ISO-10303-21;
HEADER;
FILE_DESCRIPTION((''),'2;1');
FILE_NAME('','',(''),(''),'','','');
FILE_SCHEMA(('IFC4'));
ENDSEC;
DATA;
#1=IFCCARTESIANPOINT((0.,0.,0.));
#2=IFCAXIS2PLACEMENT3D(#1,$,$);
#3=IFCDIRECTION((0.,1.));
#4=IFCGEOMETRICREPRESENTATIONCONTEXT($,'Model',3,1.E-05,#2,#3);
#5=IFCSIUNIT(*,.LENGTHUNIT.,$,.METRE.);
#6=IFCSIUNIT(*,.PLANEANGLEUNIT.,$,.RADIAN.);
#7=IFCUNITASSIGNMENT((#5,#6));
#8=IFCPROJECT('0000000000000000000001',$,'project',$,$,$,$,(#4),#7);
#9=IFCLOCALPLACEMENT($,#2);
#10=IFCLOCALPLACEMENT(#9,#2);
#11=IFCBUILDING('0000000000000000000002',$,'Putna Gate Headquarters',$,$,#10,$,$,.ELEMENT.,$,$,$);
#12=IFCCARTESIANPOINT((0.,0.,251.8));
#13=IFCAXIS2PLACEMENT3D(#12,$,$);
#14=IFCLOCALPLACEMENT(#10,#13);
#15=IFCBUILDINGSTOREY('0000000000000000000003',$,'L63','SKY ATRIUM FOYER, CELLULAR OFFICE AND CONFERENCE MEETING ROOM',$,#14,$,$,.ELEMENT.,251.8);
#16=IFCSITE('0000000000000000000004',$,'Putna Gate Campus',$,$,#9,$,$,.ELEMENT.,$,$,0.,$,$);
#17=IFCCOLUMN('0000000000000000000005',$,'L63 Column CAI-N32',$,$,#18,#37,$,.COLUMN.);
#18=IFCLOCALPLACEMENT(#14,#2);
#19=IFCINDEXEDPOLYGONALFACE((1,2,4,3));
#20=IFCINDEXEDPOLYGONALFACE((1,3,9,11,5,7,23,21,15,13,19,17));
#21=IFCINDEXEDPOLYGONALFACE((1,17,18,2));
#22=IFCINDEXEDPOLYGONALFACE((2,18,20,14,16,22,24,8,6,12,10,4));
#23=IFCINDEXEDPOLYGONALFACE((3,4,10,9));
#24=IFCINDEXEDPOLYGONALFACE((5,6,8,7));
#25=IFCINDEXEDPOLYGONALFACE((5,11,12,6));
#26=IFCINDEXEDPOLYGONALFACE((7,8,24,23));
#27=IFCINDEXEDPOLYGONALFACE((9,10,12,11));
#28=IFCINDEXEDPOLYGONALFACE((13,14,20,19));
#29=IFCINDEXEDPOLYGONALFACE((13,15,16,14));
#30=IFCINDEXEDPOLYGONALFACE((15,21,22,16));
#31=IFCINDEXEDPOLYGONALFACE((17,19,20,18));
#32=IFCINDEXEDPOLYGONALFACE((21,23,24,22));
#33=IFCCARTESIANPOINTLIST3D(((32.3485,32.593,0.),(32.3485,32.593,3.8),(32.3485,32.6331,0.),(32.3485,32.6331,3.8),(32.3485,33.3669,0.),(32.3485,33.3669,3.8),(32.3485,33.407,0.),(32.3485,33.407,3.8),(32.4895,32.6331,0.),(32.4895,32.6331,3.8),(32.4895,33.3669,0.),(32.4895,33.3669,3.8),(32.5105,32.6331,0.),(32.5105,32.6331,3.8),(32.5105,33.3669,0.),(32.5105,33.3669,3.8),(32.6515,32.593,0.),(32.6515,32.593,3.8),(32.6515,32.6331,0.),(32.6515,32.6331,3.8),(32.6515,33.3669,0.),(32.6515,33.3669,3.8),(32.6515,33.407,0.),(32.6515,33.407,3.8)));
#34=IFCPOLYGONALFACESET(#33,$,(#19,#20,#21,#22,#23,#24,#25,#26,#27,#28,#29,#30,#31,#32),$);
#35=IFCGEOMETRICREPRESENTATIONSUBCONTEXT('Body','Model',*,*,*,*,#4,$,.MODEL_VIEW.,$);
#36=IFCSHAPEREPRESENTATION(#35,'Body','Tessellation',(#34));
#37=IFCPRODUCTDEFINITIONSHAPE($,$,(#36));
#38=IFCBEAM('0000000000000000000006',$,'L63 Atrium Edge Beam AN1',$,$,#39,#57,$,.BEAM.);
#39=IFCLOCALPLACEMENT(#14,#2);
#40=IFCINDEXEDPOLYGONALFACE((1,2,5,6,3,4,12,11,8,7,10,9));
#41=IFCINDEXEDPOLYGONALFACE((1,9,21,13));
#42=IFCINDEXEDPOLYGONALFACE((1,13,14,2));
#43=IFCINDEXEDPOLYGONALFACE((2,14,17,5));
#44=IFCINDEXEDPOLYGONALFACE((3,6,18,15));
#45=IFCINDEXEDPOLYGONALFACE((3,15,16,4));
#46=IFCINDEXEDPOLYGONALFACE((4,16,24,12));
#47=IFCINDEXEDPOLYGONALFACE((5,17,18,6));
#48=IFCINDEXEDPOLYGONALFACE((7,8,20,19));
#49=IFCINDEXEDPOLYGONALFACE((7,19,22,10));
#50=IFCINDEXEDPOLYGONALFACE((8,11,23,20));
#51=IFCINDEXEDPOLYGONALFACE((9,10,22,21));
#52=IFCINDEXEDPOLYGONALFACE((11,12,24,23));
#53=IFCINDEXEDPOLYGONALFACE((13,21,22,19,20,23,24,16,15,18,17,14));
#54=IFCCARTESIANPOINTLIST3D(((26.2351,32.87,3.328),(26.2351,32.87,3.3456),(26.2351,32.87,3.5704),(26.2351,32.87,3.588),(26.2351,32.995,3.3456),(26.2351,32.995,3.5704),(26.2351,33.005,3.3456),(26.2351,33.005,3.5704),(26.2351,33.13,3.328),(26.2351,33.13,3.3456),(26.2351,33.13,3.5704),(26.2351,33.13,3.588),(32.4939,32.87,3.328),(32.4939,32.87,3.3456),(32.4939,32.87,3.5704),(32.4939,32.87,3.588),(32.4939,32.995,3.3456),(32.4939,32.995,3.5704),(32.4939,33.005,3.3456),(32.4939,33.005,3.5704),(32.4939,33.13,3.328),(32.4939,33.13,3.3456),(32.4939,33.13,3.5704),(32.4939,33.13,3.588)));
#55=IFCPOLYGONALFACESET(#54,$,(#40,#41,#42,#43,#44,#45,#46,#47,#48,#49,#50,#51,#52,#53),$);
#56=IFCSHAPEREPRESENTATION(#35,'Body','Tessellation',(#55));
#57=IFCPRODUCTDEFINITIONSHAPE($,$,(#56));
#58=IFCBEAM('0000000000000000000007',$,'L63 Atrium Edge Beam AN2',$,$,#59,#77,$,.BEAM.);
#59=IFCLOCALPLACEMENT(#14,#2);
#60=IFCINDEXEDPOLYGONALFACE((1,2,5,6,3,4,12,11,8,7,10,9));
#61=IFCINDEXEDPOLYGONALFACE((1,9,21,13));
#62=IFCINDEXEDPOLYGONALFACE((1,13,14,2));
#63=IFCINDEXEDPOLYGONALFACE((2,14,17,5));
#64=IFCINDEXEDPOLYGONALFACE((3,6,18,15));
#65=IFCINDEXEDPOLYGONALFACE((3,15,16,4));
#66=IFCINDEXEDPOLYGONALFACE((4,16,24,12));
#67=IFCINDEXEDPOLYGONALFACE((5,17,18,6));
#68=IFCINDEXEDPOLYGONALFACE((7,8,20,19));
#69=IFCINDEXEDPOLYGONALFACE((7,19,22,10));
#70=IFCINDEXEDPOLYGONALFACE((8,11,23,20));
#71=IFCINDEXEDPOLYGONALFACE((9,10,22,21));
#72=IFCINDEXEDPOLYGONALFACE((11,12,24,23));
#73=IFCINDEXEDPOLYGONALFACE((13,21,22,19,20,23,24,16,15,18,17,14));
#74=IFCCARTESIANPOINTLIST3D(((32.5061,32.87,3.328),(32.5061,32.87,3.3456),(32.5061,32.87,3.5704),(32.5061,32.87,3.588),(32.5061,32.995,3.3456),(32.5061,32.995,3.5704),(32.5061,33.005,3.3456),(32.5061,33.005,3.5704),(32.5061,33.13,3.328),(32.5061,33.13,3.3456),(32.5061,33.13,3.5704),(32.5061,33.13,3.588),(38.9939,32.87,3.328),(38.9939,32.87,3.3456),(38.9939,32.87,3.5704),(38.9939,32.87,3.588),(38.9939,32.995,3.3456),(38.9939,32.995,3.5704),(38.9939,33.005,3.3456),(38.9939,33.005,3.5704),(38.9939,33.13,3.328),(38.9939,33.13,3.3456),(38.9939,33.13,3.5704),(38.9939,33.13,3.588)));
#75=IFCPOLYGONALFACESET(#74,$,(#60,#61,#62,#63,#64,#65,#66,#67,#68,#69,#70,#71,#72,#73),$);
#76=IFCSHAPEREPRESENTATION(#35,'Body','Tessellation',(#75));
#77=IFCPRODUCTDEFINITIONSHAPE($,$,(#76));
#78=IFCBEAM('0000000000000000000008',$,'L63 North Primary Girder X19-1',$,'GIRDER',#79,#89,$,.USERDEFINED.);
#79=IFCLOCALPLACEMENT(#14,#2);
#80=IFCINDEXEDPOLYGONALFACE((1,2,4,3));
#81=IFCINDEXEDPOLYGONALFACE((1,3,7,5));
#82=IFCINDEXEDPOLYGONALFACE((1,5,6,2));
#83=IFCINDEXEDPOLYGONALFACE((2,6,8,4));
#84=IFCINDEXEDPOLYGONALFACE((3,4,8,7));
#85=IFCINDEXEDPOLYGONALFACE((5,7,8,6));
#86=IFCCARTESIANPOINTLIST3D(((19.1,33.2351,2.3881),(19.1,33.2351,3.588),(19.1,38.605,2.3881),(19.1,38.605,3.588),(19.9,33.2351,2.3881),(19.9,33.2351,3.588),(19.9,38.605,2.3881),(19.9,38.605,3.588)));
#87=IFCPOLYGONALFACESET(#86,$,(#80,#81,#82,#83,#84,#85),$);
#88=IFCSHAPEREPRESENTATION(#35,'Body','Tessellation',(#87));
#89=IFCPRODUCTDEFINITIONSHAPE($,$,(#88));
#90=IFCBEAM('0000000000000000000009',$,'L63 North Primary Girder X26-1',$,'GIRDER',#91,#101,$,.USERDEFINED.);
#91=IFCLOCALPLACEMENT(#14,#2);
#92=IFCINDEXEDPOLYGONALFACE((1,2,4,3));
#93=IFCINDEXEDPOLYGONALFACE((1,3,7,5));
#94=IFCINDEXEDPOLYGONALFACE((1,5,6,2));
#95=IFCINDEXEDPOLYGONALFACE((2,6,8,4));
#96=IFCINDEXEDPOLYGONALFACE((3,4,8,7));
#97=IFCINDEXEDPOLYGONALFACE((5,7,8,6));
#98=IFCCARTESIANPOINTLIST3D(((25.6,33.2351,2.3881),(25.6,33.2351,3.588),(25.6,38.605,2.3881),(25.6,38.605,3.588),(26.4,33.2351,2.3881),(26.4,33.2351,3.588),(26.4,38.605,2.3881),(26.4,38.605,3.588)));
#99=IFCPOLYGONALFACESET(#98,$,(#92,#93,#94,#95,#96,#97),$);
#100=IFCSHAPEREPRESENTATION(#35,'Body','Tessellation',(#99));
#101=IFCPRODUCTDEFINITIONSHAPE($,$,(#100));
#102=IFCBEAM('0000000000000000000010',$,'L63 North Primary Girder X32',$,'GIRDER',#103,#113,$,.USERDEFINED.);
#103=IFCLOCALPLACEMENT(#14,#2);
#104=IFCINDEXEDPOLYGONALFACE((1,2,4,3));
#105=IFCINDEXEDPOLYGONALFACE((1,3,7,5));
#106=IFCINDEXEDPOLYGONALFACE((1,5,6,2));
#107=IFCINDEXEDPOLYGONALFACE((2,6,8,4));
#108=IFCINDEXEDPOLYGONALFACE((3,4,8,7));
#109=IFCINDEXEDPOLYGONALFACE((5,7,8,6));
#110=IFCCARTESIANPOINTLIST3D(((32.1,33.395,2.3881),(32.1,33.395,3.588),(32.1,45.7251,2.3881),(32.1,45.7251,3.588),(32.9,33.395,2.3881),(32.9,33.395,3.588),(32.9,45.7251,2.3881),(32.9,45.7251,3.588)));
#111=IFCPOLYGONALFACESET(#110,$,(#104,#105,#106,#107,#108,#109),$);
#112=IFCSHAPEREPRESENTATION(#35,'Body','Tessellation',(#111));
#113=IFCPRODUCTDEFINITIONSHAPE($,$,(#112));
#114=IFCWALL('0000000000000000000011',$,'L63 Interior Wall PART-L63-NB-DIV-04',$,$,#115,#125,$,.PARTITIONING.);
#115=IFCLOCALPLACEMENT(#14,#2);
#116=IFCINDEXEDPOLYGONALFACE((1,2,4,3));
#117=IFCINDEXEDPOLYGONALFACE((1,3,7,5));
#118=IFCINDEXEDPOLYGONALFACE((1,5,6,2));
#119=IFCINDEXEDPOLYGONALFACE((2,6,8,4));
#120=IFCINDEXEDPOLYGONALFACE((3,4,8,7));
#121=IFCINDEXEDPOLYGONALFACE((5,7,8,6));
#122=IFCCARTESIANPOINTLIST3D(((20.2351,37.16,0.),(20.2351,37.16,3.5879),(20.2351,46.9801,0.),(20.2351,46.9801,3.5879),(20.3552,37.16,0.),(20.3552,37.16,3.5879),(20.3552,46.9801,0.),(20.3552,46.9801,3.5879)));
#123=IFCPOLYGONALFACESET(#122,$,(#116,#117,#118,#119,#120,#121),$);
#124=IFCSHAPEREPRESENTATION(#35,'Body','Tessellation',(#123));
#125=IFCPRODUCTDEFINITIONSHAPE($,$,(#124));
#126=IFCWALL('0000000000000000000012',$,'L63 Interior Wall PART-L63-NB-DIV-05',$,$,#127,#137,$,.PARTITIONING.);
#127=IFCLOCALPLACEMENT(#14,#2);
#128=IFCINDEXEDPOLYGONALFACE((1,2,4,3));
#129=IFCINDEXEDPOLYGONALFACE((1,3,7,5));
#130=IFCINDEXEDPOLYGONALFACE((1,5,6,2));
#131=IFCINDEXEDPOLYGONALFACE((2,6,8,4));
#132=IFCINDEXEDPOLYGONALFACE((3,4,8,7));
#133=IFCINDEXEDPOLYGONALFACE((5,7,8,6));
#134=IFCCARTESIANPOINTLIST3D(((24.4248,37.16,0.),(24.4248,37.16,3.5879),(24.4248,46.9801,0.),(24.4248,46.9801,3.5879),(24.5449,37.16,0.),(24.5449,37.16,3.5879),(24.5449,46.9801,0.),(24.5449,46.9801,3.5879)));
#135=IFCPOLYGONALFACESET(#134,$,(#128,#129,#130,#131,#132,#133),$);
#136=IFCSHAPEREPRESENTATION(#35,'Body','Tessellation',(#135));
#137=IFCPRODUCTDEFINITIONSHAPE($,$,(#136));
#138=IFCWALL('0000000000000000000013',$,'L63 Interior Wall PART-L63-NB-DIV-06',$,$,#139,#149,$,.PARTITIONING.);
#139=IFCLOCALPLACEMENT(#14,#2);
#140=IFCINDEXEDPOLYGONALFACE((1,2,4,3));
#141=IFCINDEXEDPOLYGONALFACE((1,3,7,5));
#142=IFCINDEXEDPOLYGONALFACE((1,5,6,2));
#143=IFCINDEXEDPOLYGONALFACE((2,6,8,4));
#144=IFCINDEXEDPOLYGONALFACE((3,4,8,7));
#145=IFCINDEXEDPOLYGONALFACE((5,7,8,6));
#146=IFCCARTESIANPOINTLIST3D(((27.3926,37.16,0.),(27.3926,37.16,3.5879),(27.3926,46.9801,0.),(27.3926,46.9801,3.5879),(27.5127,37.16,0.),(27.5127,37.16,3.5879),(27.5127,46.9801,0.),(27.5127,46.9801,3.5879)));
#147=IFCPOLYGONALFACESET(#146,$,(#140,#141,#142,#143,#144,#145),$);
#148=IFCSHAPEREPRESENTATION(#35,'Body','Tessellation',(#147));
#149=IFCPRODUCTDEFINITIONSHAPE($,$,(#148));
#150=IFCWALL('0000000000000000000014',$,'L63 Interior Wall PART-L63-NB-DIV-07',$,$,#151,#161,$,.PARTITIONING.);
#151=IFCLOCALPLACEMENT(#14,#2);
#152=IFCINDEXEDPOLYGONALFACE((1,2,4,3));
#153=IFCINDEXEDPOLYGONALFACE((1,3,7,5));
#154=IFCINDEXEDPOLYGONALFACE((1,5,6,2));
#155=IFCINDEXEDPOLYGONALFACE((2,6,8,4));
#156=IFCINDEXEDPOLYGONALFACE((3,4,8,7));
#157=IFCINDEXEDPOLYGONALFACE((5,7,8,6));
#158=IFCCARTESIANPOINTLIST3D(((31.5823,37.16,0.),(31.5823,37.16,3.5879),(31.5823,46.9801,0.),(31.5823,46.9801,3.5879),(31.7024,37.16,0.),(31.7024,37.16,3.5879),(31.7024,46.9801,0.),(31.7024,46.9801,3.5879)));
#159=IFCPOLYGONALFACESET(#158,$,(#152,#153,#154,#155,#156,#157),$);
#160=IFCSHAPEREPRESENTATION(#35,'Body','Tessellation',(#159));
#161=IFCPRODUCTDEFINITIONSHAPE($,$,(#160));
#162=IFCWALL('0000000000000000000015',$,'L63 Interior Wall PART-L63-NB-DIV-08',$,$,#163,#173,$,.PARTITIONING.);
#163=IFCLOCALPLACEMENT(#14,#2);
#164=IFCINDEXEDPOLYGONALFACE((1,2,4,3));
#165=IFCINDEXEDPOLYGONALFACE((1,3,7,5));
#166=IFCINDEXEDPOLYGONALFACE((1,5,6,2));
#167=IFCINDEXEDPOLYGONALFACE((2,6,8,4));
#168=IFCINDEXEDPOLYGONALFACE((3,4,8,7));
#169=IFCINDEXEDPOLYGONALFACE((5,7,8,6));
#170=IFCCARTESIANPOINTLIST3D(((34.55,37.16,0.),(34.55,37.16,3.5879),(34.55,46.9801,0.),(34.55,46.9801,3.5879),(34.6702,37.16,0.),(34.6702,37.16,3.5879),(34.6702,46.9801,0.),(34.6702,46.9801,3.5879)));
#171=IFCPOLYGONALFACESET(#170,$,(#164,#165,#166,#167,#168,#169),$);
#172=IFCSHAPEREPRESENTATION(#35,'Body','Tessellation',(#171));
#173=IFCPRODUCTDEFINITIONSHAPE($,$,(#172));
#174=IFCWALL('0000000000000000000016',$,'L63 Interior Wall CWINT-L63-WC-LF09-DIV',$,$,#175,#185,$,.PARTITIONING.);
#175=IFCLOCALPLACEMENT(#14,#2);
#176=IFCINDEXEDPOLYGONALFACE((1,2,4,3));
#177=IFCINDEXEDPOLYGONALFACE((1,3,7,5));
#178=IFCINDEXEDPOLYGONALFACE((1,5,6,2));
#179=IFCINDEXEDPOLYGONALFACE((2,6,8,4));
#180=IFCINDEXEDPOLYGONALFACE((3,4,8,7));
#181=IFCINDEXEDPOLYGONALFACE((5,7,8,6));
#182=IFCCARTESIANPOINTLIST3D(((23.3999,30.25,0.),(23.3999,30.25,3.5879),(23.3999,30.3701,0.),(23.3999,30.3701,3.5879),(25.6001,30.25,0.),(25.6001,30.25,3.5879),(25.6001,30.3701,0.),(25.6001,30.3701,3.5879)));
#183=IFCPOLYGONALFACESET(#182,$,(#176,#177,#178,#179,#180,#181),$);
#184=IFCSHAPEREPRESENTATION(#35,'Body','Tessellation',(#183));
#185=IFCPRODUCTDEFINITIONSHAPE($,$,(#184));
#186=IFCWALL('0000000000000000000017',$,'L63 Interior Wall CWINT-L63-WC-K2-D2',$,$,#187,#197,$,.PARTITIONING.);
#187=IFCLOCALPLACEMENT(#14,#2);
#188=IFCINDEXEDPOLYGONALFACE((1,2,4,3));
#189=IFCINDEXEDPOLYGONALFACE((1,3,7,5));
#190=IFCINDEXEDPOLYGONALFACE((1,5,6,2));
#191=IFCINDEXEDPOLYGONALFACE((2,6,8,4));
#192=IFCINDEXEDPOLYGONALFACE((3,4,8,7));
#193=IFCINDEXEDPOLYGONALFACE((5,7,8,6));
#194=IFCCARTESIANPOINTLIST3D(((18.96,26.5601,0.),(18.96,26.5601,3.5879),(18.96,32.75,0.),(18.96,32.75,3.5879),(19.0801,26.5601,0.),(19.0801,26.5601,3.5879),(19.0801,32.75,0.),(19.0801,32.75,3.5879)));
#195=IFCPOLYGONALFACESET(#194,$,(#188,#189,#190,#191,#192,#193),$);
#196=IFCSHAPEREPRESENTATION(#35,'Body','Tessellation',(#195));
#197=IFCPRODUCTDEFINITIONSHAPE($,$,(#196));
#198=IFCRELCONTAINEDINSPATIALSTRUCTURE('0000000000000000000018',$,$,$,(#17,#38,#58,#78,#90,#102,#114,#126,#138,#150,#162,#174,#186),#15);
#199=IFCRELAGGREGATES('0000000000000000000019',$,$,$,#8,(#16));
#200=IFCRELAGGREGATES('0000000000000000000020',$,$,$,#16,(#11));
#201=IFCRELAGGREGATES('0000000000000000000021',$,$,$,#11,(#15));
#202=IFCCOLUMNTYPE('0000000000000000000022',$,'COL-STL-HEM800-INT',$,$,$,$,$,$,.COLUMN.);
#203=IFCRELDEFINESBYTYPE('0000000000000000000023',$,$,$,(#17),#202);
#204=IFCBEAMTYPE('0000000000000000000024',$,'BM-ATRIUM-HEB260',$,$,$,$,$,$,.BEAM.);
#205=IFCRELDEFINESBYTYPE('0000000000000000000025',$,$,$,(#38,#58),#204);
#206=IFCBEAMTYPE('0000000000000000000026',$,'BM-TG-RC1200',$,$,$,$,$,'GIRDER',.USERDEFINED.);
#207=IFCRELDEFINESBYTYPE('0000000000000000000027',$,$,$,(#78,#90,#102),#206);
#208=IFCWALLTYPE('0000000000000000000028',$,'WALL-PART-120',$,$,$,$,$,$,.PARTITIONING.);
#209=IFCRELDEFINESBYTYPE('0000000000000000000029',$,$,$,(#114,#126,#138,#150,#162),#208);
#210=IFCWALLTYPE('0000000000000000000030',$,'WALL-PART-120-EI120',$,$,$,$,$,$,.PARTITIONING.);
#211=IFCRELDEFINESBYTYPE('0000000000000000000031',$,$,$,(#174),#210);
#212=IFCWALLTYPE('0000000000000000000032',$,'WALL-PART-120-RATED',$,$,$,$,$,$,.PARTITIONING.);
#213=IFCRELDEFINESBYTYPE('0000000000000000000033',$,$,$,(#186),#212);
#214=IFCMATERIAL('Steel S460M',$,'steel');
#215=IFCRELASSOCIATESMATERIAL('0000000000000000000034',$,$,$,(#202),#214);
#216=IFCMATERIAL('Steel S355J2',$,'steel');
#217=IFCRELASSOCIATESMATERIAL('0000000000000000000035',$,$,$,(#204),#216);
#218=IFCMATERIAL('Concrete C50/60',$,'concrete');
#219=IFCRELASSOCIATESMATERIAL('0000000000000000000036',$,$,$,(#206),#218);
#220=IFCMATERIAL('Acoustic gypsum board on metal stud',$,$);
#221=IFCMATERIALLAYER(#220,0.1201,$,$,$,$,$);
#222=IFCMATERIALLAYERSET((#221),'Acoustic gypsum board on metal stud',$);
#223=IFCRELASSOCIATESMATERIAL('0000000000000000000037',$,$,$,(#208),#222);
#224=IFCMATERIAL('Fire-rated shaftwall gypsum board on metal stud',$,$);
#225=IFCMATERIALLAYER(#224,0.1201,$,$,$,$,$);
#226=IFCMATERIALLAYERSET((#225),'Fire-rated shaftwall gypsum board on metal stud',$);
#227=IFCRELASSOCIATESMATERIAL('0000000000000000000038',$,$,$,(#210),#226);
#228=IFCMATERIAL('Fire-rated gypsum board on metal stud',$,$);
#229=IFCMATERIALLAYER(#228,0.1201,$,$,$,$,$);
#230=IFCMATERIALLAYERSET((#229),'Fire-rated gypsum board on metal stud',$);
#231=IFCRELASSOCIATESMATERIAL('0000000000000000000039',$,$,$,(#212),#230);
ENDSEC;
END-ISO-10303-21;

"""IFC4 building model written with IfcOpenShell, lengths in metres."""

from ifc_helpers import new_model, si_unit, direction, frame, frame_2d, origin, origin_2d, place, context, subcontext, project, spatial, rectangle, i_section, extrude, material, layer, layer_set, material_profile, profile_set, type_object, element, save


model = new_model("IFC4")

# Units and contexts
model_context = context("Model", 3, precision=1e-05, world=origin(), true_north=direction((0.0, 1.0)))
body_context = subcontext(model_context, "Body", "Model", "MODEL_VIEW")
ifc_project = project(units=[si_unit("LENGTHUNIT", "METRE"), si_unit("PLANEANGLEUNIT", "RADIAN")], contexts=[model_context])

# Site, building, storey
site_placement = place(None, origin())
site = spatial("IfcSite", under=ifc_project, at=site_placement, Name="Putna Gate Campus", CompositionType="ELEMENT", RefElevation=0.0)
building_placement = place(site_placement, origin())
building = spatial("IfcBuilding", under=site, at=building_placement, Name="Putna Gate Headquarters", CompositionType="ELEMENT")
storey_placement = place(building_placement, frame((0.0, 0.0, 251.8)))
storey = spatial("IfcBuildingStorey", under=building, at=storey_placement, Name="L63", Description="SKY ATRIUM FOYER, CELLULAR OFFICE AND CONFERENCE MEETING ROOM", CompositionType="ELEMENT", Elevation=251.8)

# Column
ifc_material_1 = material(Name="Steel S460M", Category="steel")
ifc_material_profile_1 = material_profile(ifc_material_1, i_section(OverallWidth=0.303, OverallDepth=0.814, WebThickness=0.021, FlangeThickness=0.04, at=origin_2d()), Name="Steel S460M")
ifc_profile_set_1 = profile_set([ifc_material_profile_1], Name="Steel S460M")
column_type = type_object("IfcColumnType", Name="COL-STL-HEM800-INT", PredefinedType="COLUMN", material=ifc_profile_set_1)
column_placement = place(storey_placement, frame((32.5, 33.0, 0.0), z_axis=(0.0, 0.0, 1.0), x_axis=(1.0, 0.0, 0.0)))
element("IfcColumn", 1, at=column_placement, inside=storey, type_object=column_type, Name="L63 Column CAI-N32", PredefinedType="COLUMN", context=body_context, shape_type="SweptSolid", body=[
    extrude(i_section(OverallWidth=0.303, OverallDepth=0.814, WebThickness=0.021, FlangeThickness=0.04, at=origin_2d()), origin(), (0.0, 0.0, 1.0), 3.8),
])

# Beams
ifc_material_2 = material(Name="Steel S355J2", Category="steel")
ifc_material_profile_2 = material_profile(ifc_material_2, i_section(OverallWidth=0.26, OverallDepth=0.26, WebThickness=0.01, FlangeThickness=0.0176, at=origin_2d()), Name="Steel S355J2")
ifc_profile_set_2 = profile_set([ifc_material_profile_2], Name="Steel S355J2")
beam_type_1 = type_object("IfcBeamType", Name="BM-ATRIUM-HEB260", PredefinedType="BEAM", material=ifc_profile_set_2)
beam_1_placement = place(storey_placement, frame((26.2351, 33.0, 3.458), z_axis=(1.0, 0.0, 0.0), x_axis=(0.0, 1.0, 0.0)))
element("IfcBeam", 2, at=beam_1_placement, inside=storey, type_object=beam_type_1, Name="L63 Atrium Edge Beam AN1", PredefinedType="BEAM", context=body_context, shape_type="SweptSolid", body=[
    extrude(i_section(OverallWidth=0.26, OverallDepth=0.26, WebThickness=0.01, FlangeThickness=0.0176, at=origin_2d()), origin(), (0.0, 0.0, 1.0), 6.2588),
])
beam_2_placement = place(storey_placement, frame((32.5061, 33.0, 3.458), z_axis=(1.0, 0.0, 0.0), x_axis=(0.0, 1.0, 0.0)))
element("IfcBeam", 3, at=beam_2_placement, inside=storey, type_object=beam_type_1, Name="L63 Atrium Edge Beam AN2", PredefinedType="BEAM", context=body_context, shape_type="SweptSolid", body=[
    extrude(i_section(OverallWidth=0.26, OverallDepth=0.26, WebThickness=0.01, FlangeThickness=0.0176, at=origin_2d()), origin(), (0.0, 0.0, 1.0), 6.4878),
])
ifc_material_3 = material(Name="Concrete C50/60", Category="concrete")
ifc_material_profile_3 = material_profile(ifc_material_3, rectangle(XDim=0.8, YDim=1.2, at=origin_2d()), Name="Concrete C50/60")
ifc_profile_set_3 = profile_set([ifc_material_profile_3], Name="Concrete C50/60")
beam_type_2 = type_object("IfcBeamType", Name="BM-TG-RC1200", ElementType="GIRDER", PredefinedType="USERDEFINED", material=ifc_profile_set_3)
for number, where, z_axis, x_axis, name in (
    (4, (19.5, 33.2351, 2.988), (0.0, 1.0, 0.0), (-1.0, 0.0, 0.0), "L63 North Primary Girder X19-1"),
    (5, (26.0, 33.2351, 2.988), (0.0, 1.0, 0.0), (-1.0, 0.0, 0.0), "L63 North Primary Girder X26-1"),
):
    element("IfcBeam", number, at=place(storey_placement, frame(where, z_axis=z_axis, x_axis=x_axis)), inside=storey, type_object=beam_type_2, Name=name, ObjectType="GIRDER", PredefinedType="USERDEFINED", context=body_context, shape_type="SweptSolid", body=[
        extrude(rectangle(XDim=0.8, YDim=1.2, at=origin_2d()), origin(), (0.0, 0.0, 1.0), 5.3699),
    ])
beam_3_placement = place(storey_placement, frame((32.5, 33.395, 2.988), z_axis=(0.0, 1.0, 0.0), x_axis=(-1.0, 0.0, 0.0)))
element("IfcBeam", 6, at=beam_3_placement, inside=storey, type_object=beam_type_2, Name="L63 North Primary Girder X32", ObjectType="GIRDER", PredefinedType="USERDEFINED", context=body_context, shape_type="SweptSolid", body=[
    extrude(rectangle(XDim=0.8, YDim=1.2, at=origin_2d()), origin(), (0.0, 0.0, 1.0), 12.3301),
])

# Walls
ifc_material_4 = material(Name="Acoustic gypsum board on metal stud")
ifc_layer_1 = layer(ifc_material_4, 0.1201)
ifc_layer_set_1 = layer_set([ifc_layer_1], Name="Acoustic gypsum board on metal stud")
wall_type_1 = type_object("IfcWallType", Name="WALL-PART-120", PredefinedType="PARTITIONING", material=ifc_layer_set_1)
for number, where, z_axis, x_axis, name in (
    (7, (20.2952, 37.1599, 0.0), (0.0, 0.0, 1.0), (0.0, 1.0, 0.0), "L63 Interior Wall PART-L63-NB-DIV-04"),
    (8, (24.4849, 37.1599, 0.0), (0.0, 0.0, 1.0), (0.0, 1.0, 0.0), "L63 Interior Wall PART-L63-NB-DIV-05"),
    (9, (27.4526, 37.1599, 0.0), (0.0, 0.0, 1.0), (0.0, 1.0, 0.0), "L63 Interior Wall PART-L63-NB-DIV-06"),
    (10, (31.6423, 37.1599, 0.0), (0.0, 0.0, 1.0), (0.0, 1.0, 0.0), "L63 Interior Wall PART-L63-NB-DIV-07"),
    (11, (34.6101, 37.1599, 0.0), (0.0, 0.0, 1.0), (0.0, 1.0, 0.0), "L63 Interior Wall PART-L63-NB-DIV-08"),
):
    element("IfcWall", number, at=place(storey_placement, frame(where, z_axis=z_axis, x_axis=x_axis)), inside=storey, type_object=wall_type_1, Name=name, PredefinedType="PARTITIONING", context=body_context, shape_type="SweptSolid", body=[
        extrude(rectangle(XDim=9.8201, YDim=0.1201, at=frame_2d((4.9102, 0.0))), origin(), (0.0, 0.0, 1.0), 3.5879),
    ])
ifc_material_5 = material(Name="Fire-rated shaftwall gypsum board on metal stud")
ifc_layer_2 = layer(ifc_material_5, 0.1201)
ifc_layer_set_2 = layer_set([ifc_layer_2], Name="Fire-rated shaftwall gypsum board on metal stud")
wall_type_2 = type_object("IfcWallType", Name="WALL-PART-120-EI120", PredefinedType="PARTITIONING", material=ifc_layer_set_2)
wall_1_placement = place(storey_placement, frame((23.3999, 30.3101, 0.0), z_axis=(0.0, 0.0, 1.0), x_axis=(1.0, 0.0, 0.0)))
element("IfcWall", 12, at=wall_1_placement, inside=storey, type_object=wall_type_2, Name="L63 Interior Wall CWINT-L63-WC-LF09-DIV", PredefinedType="PARTITIONING", context=body_context, shape_type="SweptSolid", body=[
    extrude(rectangle(XDim=2.2002, YDim=0.1201, at=frame_2d((1.1001, 0.0))), origin(), (0.0, 0.0, 1.0), 3.5879),
])
ifc_material_6 = material(Name="Fire-rated gypsum board on metal stud")
ifc_layer_3 = layer(ifc_material_6, 0.1201)
ifc_layer_set_3 = layer_set([ifc_layer_3], Name="Fire-rated gypsum board on metal stud")
wall_type_3 = type_object("IfcWallType", Name="WALL-PART-120-RATED", PredefinedType="PARTITIONING", material=ifc_layer_set_3)
wall_2_placement = place(storey_placement, frame((19.02, 26.5601, 0.0), z_axis=(0.0, 0.0, 1.0), x_axis=(0.0, 1.0, 0.0)))
element("IfcWall", 13, at=wall_2_placement, inside=storey, type_object=wall_type_3, Name="L63 Interior Wall CWINT-L63-WC-K2-D2", PredefinedType="PARTITIONING", context=body_context, shape_type="SweptSolid", body=[
    extrude(rectangle(XDim=6.1899, YDim=0.1201, at=frame_2d((3.095, 0.0))), origin(), (0.0, 0.0, 1.0), 3.5879),
])

save(model, "model.ifc")
